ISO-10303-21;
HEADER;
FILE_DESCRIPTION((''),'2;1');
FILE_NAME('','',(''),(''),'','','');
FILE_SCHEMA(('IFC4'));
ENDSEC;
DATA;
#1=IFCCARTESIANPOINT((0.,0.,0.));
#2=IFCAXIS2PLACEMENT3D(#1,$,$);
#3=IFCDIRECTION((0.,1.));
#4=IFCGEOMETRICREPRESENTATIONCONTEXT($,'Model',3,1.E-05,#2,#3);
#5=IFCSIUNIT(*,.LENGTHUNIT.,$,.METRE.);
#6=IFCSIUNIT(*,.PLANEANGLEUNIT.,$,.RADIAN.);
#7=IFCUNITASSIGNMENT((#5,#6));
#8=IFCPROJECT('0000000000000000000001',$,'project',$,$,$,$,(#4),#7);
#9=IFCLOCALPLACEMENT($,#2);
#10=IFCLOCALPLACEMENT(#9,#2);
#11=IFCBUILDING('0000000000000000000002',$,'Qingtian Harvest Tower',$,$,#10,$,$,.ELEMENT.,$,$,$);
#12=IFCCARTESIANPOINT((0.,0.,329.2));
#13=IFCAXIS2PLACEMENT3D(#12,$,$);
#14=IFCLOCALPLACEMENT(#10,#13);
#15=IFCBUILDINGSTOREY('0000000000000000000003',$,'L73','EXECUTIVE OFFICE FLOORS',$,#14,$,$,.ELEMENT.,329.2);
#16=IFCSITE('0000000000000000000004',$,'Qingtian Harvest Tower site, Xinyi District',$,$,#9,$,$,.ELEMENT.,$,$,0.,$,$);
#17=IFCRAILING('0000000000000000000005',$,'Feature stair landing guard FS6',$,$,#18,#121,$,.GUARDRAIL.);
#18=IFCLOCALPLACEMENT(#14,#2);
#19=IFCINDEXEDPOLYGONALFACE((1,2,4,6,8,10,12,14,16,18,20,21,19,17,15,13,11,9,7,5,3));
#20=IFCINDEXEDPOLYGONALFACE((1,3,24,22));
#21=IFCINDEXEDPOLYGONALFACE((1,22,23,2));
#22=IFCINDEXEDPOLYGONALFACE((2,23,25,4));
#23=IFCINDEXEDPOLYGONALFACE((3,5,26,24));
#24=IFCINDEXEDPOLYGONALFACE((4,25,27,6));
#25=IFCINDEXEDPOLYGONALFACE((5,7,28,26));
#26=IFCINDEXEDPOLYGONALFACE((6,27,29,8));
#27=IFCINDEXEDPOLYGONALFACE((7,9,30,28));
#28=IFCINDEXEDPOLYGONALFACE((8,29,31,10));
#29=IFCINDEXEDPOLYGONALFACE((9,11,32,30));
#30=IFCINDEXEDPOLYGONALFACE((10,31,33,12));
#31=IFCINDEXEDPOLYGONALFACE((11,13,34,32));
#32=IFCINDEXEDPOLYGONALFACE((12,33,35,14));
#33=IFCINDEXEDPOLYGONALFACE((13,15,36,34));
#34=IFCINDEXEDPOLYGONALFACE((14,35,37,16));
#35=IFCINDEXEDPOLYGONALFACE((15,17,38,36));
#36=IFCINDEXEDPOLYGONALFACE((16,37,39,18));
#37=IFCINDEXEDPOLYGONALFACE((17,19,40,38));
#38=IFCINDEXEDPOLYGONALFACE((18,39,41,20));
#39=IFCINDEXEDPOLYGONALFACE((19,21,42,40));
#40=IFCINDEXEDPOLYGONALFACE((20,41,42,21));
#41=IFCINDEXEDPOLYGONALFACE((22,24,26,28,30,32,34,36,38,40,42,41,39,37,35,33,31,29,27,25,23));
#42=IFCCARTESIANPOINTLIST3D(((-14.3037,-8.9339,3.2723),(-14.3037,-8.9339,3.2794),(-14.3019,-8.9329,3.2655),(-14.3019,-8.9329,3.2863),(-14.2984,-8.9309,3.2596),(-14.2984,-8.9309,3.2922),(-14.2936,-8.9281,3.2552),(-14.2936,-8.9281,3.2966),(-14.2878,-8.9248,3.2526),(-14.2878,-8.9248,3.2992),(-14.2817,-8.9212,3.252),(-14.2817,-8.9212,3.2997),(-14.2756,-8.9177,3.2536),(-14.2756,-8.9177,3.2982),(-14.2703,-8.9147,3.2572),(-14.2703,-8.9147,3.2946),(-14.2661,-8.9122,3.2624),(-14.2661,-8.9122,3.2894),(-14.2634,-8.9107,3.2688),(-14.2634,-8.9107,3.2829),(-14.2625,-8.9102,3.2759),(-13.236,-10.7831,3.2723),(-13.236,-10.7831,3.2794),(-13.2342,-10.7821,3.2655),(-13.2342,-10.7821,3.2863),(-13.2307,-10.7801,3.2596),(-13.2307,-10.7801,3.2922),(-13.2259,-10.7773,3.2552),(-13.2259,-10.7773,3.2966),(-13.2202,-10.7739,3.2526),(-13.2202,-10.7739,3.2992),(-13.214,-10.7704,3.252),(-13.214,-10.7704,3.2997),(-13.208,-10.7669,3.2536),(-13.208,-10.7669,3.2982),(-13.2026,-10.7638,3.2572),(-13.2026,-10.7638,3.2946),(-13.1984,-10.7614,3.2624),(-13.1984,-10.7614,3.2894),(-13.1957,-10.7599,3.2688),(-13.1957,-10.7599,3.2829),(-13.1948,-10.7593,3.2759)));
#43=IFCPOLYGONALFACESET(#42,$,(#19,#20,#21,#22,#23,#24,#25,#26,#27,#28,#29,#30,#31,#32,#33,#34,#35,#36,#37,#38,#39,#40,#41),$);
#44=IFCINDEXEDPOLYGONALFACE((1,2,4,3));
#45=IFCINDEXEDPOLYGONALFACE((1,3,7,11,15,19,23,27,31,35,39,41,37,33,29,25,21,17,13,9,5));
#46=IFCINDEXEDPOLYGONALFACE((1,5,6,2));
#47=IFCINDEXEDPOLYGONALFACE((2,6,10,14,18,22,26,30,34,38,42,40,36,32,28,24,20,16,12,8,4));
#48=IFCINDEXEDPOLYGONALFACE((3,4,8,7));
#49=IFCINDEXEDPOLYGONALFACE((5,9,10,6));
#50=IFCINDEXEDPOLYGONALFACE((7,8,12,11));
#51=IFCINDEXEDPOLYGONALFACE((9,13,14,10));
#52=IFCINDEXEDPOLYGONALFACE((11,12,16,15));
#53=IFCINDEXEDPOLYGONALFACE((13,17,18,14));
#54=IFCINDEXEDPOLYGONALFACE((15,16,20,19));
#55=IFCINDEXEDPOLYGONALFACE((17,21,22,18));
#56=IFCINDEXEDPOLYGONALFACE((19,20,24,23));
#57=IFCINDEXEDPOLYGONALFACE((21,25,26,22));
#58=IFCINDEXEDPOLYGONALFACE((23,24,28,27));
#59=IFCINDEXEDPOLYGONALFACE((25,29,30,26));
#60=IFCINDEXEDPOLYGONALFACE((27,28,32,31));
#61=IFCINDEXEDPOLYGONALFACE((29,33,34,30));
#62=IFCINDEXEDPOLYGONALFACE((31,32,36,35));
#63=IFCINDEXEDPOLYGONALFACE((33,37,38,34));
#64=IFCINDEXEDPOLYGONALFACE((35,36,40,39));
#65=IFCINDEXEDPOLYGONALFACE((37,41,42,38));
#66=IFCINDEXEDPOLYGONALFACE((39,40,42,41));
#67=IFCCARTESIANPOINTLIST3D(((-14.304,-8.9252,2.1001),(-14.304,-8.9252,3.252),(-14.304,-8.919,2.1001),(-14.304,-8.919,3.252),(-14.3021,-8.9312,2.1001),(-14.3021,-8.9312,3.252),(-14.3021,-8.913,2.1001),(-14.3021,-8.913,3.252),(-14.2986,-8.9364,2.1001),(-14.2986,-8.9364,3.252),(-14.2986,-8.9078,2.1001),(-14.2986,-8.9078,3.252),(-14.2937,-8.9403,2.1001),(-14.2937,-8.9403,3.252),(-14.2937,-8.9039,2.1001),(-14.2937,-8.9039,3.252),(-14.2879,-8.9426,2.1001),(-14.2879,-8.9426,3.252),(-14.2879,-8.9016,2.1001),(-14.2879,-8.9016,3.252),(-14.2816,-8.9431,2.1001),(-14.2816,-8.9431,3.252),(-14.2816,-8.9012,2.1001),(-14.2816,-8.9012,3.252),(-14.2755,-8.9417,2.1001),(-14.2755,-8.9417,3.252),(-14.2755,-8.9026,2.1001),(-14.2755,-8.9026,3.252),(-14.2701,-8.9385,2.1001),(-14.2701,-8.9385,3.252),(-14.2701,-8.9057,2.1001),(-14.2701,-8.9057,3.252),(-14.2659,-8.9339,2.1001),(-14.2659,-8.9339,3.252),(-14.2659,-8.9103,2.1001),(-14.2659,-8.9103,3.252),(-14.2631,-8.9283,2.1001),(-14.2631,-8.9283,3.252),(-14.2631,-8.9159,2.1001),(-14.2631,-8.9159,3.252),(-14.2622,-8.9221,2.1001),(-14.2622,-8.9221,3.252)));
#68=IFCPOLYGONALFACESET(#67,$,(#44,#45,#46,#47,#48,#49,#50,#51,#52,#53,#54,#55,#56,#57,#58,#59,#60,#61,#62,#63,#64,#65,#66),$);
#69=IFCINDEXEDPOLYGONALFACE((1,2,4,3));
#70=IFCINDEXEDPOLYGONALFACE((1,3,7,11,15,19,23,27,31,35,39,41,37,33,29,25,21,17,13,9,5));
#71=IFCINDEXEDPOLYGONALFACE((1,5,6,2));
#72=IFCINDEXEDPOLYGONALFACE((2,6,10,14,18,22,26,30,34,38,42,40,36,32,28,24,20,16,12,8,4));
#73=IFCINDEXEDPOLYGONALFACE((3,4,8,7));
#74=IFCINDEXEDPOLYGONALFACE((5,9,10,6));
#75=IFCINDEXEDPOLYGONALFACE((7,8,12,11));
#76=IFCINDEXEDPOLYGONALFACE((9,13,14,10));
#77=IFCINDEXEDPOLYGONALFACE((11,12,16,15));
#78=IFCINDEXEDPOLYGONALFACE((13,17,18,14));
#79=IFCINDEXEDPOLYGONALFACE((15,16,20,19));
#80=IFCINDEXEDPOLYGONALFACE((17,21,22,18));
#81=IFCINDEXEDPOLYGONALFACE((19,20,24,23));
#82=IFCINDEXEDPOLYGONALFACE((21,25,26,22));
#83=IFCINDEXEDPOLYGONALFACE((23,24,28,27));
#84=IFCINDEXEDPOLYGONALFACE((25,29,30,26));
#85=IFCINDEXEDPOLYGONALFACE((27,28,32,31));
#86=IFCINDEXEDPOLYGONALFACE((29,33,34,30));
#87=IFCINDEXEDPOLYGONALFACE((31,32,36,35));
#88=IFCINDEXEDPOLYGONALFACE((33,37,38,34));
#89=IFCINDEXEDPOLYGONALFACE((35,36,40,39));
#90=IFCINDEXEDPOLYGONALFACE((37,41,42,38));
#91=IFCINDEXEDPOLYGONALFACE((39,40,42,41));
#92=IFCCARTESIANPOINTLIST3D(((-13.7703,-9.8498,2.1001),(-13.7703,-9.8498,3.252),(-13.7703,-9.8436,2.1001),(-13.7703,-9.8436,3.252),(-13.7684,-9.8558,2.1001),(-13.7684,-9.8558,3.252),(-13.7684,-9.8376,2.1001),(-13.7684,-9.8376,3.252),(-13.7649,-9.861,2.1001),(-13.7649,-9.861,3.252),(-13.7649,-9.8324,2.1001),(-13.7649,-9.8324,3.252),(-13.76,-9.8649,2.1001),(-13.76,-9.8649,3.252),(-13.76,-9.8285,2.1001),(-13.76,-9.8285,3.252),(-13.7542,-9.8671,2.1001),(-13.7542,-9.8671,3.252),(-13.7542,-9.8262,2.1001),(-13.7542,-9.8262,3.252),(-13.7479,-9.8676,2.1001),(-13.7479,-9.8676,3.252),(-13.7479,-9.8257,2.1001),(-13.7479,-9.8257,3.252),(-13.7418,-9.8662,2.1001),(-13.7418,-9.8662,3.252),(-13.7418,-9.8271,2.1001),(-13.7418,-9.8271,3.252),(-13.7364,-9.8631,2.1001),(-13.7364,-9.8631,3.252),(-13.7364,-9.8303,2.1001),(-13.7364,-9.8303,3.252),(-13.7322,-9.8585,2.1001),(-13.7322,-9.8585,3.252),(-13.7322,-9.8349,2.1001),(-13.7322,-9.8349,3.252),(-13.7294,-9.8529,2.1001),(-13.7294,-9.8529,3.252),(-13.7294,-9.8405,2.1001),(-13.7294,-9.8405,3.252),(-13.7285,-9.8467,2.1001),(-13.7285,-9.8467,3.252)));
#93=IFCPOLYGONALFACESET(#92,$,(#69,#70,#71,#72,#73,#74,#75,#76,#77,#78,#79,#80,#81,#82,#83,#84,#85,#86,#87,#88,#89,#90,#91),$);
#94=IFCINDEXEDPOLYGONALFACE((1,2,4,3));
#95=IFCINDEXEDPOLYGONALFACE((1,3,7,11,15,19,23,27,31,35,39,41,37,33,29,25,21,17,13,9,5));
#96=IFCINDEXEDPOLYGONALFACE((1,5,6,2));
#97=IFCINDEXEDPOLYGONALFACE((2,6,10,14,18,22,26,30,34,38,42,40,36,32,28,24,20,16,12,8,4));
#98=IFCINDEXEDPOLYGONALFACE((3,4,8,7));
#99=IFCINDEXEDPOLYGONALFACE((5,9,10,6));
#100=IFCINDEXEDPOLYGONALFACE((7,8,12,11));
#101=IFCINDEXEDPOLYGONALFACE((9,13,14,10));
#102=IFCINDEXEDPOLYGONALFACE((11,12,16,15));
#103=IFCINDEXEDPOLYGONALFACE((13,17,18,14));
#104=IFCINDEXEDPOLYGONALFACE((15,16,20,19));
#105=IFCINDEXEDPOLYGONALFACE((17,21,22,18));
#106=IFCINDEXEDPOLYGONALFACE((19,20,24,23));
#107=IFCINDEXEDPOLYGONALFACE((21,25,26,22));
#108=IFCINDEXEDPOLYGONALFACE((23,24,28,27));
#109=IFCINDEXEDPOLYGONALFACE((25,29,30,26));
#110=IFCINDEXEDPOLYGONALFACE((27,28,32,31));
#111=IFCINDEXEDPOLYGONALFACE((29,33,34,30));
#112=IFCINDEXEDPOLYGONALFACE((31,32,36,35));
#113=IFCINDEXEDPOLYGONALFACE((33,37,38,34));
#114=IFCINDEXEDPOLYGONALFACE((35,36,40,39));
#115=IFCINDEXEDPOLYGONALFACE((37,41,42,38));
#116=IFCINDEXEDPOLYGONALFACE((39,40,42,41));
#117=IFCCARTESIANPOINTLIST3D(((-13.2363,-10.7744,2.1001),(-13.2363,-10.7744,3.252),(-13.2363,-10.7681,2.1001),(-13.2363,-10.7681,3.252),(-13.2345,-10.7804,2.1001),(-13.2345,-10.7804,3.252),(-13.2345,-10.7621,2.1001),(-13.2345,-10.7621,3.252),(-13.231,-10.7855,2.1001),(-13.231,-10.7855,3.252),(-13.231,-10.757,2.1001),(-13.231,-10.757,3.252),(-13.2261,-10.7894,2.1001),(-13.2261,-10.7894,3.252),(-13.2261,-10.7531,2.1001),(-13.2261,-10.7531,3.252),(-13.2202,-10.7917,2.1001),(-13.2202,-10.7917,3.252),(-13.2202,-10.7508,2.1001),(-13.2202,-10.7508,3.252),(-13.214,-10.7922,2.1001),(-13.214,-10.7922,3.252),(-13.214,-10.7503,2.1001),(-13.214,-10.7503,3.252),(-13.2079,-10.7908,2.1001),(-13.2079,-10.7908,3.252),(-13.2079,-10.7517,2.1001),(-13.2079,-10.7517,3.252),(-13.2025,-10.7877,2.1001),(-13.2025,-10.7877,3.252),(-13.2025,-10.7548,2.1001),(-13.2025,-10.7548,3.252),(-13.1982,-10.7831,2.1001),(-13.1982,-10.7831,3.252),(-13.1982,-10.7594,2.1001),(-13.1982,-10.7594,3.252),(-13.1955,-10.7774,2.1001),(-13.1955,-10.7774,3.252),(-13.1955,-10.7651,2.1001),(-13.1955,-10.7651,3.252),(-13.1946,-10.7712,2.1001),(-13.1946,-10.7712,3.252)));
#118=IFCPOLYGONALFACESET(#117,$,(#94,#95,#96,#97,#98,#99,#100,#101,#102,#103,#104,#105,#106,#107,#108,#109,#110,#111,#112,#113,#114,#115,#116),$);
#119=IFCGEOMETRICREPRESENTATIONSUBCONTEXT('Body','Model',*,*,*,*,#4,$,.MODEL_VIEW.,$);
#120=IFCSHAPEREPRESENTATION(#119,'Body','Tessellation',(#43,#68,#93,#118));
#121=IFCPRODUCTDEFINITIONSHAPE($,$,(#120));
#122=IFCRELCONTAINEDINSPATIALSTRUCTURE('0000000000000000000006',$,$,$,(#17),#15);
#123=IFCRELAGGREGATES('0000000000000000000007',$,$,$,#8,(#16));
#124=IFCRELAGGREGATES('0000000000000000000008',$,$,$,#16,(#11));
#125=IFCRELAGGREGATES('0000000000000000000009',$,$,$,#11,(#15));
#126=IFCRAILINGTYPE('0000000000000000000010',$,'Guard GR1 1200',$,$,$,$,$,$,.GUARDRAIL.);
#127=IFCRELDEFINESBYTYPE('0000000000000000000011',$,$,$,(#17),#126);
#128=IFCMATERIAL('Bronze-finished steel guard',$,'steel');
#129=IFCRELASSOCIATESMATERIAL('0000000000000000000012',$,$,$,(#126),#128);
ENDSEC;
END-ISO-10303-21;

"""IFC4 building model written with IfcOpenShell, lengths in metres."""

from ifc_helpers import new_model, si_unit, direction, frame, origin, origin_2d, place, context, subcontext, project, spatial, circle, extrude, material, type_object, element, save


model = new_model("IFC4")

# Units and contexts
model_context = context("Model", 3, precision=1e-05, world=origin(), true_north=direction((0.0, 1.0)))
body_context = subcontext(model_context, "Body", "Model", "MODEL_VIEW")
ifc_project = project(units=[si_unit("LENGTHUNIT", "METRE"), si_unit("PLANEANGLEUNIT", "RADIAN")], contexts=[model_context])

# Site, building, storey
site_placement = place(None, origin())
site = spatial("IfcSite", under=ifc_project, at=site_placement, Name="Qingtian Harvest Tower site, Xinyi District", CompositionType="ELEMENT", RefElevation=0.0)
building_placement = place(site_placement, origin())
building = spatial("IfcBuilding", under=site, at=building_placement, Name="Qingtian Harvest Tower", CompositionType="ELEMENT")
storey_placement = place(building_placement, frame((0.0, 0.0, 329.2)))
storey = spatial("IfcBuildingStorey", under=building, at=storey_placement, Name="L73", Description="EXECUTIVE OFFICE FLOORS", CompositionType="ELEMENT", Elevation=329.2)

# Railing
ifc_material_1 = material(Name="Bronze-finished steel guard", Category="steel")
railing_type_1 = type_object("IfcRailingType", Name="Guard GR1 1200", PredefinedType="GUARDRAIL", material=ifc_material_1)
railing_1_placement = place(storey_placement, frame((-14.2832, -8.9221, 2.1001)))
element("IfcRailing", 1, at=railing_1_placement, inside=storey, type_object=railing_type_1, Name="Feature stair landing guard FS6", PredefinedType="GUARDRAIL", context=body_context, shape_type="SweptSolid", body=[
    extrude(circle(Radius=0.0239, at=origin_2d()), frame((0.0, 0.0, 1.1758), z_axis=(0.500013, -0.866018, 0.0), x_axis=(0.866018, 0.500013, 0.0)), (0.0, 0.0, 1.0), 2.1353),
    extrude(circle(Radius=0.021, at=origin_2d()), origin(), (0.0, 0.0, 1.0), 1.1519),
    extrude(circle(Radius=0.021, at=origin_2d()), frame((0.5337, -0.9246, 0.0)), (0.0, 0.0, 1.0), 1.1519),
    extrude(circle(Radius=0.021, at=origin_2d()), frame((1.0676, -1.8491, 0.0)), (0.0, 0.0, 1.0), 1.1519),
])

save(model, "model.ifc")
